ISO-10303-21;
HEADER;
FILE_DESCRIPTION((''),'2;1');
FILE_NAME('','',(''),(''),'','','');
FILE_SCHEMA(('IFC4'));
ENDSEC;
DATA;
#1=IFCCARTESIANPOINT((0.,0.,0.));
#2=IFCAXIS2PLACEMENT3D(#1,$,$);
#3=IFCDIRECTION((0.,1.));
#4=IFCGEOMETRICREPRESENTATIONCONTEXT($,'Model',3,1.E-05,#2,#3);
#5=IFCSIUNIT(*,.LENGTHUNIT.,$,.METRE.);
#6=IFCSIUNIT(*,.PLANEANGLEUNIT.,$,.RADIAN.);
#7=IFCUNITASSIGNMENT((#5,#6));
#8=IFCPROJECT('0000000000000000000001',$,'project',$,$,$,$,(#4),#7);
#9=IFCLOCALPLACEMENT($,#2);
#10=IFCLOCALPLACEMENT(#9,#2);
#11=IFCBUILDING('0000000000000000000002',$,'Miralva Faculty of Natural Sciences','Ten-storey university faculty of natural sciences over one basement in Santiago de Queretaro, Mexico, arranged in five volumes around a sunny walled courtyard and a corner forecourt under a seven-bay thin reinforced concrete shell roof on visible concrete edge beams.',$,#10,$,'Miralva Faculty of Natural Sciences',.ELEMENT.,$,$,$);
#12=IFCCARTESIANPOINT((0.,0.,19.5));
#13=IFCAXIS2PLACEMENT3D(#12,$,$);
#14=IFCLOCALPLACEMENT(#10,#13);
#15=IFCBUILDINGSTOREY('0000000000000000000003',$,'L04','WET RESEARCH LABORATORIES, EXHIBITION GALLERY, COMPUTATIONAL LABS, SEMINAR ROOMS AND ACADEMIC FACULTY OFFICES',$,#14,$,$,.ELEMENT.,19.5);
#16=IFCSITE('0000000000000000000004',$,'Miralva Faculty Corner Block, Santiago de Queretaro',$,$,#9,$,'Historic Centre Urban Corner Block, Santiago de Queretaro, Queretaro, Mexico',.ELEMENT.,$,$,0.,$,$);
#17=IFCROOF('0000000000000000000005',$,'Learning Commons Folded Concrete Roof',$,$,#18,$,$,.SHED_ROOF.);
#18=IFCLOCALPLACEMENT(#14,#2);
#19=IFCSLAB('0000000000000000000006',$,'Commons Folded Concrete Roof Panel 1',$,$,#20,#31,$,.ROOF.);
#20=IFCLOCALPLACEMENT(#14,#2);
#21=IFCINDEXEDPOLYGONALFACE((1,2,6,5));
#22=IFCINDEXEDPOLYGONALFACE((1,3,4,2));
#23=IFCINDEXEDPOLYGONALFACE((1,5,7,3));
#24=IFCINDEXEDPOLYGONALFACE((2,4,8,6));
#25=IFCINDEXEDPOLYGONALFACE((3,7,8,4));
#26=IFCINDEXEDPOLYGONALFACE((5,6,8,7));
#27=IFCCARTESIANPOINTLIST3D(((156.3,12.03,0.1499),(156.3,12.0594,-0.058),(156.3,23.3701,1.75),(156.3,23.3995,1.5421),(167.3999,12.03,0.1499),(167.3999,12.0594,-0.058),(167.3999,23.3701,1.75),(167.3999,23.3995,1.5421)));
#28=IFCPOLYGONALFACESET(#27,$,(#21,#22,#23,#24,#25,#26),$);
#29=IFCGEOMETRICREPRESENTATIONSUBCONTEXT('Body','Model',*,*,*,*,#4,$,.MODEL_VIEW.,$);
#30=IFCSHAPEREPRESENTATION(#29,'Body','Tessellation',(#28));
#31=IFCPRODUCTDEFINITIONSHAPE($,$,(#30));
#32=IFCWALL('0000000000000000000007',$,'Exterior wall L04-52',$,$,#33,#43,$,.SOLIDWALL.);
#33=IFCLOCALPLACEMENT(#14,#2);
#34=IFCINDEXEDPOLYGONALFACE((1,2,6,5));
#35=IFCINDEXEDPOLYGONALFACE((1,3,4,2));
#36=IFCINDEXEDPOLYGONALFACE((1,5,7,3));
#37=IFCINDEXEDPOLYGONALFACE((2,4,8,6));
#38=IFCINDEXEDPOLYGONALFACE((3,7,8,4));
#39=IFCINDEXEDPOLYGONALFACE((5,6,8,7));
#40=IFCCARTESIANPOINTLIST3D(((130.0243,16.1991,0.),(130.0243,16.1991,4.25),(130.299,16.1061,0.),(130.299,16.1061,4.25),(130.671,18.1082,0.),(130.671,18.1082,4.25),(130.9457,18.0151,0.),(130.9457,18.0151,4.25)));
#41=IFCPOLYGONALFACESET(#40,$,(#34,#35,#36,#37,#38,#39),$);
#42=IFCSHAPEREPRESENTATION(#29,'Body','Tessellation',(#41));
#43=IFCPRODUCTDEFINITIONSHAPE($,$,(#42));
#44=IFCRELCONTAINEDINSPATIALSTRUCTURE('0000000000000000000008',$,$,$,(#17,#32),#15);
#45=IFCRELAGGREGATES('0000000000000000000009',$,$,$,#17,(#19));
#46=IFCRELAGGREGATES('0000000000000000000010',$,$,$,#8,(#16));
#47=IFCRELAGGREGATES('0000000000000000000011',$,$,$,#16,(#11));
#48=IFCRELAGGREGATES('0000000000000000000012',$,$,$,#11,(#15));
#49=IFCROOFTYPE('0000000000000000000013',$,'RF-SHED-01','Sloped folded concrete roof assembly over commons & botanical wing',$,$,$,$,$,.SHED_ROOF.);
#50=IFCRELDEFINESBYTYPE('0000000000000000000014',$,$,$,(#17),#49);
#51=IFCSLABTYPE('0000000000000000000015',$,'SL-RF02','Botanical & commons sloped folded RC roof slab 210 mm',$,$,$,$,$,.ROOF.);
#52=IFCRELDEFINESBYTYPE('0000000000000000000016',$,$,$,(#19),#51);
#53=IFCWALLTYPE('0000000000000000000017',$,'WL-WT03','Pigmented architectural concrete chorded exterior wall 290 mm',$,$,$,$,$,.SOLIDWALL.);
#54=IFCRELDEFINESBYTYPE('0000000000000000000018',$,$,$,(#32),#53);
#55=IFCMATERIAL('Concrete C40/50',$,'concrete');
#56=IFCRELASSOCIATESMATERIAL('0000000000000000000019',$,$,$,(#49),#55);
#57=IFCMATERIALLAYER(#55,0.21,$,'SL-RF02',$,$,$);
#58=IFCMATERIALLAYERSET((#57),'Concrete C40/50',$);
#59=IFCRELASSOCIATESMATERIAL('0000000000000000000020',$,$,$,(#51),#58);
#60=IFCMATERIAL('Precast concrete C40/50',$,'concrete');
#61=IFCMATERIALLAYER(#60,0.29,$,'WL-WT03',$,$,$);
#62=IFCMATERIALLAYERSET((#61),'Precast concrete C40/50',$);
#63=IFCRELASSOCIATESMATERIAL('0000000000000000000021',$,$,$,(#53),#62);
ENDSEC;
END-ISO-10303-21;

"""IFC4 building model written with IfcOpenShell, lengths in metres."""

from ifc_helpers import new_model, si_unit, direction, frame, frame_2d, origin, place, context, subcontext, project, spatial, polyline, rectangle, outline, extrude, material, layer, layer_set, type_object, element, aggregate, save


model = new_model("IFC4")

# Units and contexts
model_context = context("Model", 3, precision=1e-05, world=origin(), true_north=direction((0.0, 1.0)))
body_context = subcontext(model_context, "Body", "Model", "MODEL_VIEW")
ifc_project = project(units=[si_unit("LENGTHUNIT", "METRE"), si_unit("PLANEANGLEUNIT", "RADIAN")], contexts=[model_context])

# Site, building, storey
site_placement = place(None, origin())
site = spatial("IfcSite", under=ifc_project, at=site_placement, Name="Miralva Faculty Corner Block, Santiago de Queretaro", LongName="Historic Centre Urban Corner Block, Santiago de Queretaro, Queretaro, Mexico", CompositionType="ELEMENT", RefElevation=0.0)
building_placement = place(site_placement, origin())
building = spatial("IfcBuilding", under=site, at=building_placement, Name="Miralva Faculty of Natural Sciences", Description="Ten-storey university faculty of natural sciences over one basement in Santiago de Queretaro, Mexico, arranged in five volumes around a sunny walled courtyard and a corner forecourt under a seven-bay thin reinforced concrete shell roof on visible concrete edge beams.", LongName="Miralva Faculty of Natural Sciences", CompositionType="ELEMENT")
storey_placement = place(building_placement, frame((0.0, 0.0, 19.5)))
storey = spatial("IfcBuildingStorey", under=building, at=storey_placement, Name="L04", Description="WET RESEARCH LABORATORIES, EXHIBITION GALLERY, COMPUTATIONAL LABS, SEMINAR ROOMS AND ACADEMIC FACULTY OFFICES", CompositionType="ELEMENT", Elevation=19.5)

# Shared definitions
ifc_material_1 = material(Name="Concrete C40/50", Category="concrete")

# Roof, slab
roof_type = type_object("IfcRoofType", Name="RF-SHED-01", Description="Sloped folded concrete roof assembly over commons & botanical wing", PredefinedType="SHED_ROOF", material=ifc_material_1)
roof_placement = place(storey_placement, origin())
roof = element("IfcRoof", 1, at=roof_placement, inside=storey, type_object=roof_type, Name="Learning Commons Folded Concrete Roof", PredefinedType="SHED_ROOF")
ifc_layer_1 = layer(ifc_material_1, 0.21, Name="SL-RF02")
ifc_layer_set_1 = layer_set([ifc_layer_1], Name="Concrete C40/50")
slab_type = type_object("IfcSlabType", Name="SL-RF02", Description="Botanical & commons sloped folded RC roof slab 210 mm", PredefinedType="ROOF", material=ifc_layer_set_1)
slab_placement = place(storey_placement, frame((156.3, 12.03, 0.1499), z_axis=(0.0, -0.139717, 0.990191), x_axis=(1.0, 0.0, 0.0)))
slab = element("IfcSlab", 2, at=slab_placement, type_object=slab_type, Name="Commons Folded Concrete Roof Panel 1", PredefinedType="ROOF", context=body_context, shape_type="SweptSolid", body=[
    extrude(outline(polyline([(0.0, 0.0), (11.0999, 0.0), (11.0999, 11.4524), (0.0, 11.4524), (0.0, 0.0)])), origin(), (0.0, 0.0, -1.0), 0.21),
])
aggregate(roof, [slab])

# Wall
ifc_material_2 = material(Name="Precast concrete C40/50", Category="concrete")
ifc_layer_2 = layer(ifc_material_2, 0.29, Name="WL-WT03")
ifc_layer_set_2 = layer_set([ifc_layer_2], Name="Precast concrete C40/50")
wall_type = type_object("IfcWallType", Name="WL-WT03", Description="Pigmented architectural concrete chorded exterior wall 290 mm", PredefinedType="SOLIDWALL", material=ifc_layer_set_2)
wall_placement = place(storey_placement, frame((130.1616, 16.1526, 0.0), z_axis=(0.0, 0.0, 1.0), x_axis=(0.320875, 0.947121, 0.0)))
element("IfcWall", 3, at=wall_placement, inside=storey, type_object=wall_type, Name="Exterior wall L04-52", PredefinedType="SOLIDWALL", context=body_context, shape_type="SweptSolid", body=[
    extrude(rectangle(XDim=2.0156, YDim=0.29, at=frame_2d((1.0078, 0.0))), origin(), (0.0, 0.0, 1.0), 4.25),
])

save(model, "model.ifc")
